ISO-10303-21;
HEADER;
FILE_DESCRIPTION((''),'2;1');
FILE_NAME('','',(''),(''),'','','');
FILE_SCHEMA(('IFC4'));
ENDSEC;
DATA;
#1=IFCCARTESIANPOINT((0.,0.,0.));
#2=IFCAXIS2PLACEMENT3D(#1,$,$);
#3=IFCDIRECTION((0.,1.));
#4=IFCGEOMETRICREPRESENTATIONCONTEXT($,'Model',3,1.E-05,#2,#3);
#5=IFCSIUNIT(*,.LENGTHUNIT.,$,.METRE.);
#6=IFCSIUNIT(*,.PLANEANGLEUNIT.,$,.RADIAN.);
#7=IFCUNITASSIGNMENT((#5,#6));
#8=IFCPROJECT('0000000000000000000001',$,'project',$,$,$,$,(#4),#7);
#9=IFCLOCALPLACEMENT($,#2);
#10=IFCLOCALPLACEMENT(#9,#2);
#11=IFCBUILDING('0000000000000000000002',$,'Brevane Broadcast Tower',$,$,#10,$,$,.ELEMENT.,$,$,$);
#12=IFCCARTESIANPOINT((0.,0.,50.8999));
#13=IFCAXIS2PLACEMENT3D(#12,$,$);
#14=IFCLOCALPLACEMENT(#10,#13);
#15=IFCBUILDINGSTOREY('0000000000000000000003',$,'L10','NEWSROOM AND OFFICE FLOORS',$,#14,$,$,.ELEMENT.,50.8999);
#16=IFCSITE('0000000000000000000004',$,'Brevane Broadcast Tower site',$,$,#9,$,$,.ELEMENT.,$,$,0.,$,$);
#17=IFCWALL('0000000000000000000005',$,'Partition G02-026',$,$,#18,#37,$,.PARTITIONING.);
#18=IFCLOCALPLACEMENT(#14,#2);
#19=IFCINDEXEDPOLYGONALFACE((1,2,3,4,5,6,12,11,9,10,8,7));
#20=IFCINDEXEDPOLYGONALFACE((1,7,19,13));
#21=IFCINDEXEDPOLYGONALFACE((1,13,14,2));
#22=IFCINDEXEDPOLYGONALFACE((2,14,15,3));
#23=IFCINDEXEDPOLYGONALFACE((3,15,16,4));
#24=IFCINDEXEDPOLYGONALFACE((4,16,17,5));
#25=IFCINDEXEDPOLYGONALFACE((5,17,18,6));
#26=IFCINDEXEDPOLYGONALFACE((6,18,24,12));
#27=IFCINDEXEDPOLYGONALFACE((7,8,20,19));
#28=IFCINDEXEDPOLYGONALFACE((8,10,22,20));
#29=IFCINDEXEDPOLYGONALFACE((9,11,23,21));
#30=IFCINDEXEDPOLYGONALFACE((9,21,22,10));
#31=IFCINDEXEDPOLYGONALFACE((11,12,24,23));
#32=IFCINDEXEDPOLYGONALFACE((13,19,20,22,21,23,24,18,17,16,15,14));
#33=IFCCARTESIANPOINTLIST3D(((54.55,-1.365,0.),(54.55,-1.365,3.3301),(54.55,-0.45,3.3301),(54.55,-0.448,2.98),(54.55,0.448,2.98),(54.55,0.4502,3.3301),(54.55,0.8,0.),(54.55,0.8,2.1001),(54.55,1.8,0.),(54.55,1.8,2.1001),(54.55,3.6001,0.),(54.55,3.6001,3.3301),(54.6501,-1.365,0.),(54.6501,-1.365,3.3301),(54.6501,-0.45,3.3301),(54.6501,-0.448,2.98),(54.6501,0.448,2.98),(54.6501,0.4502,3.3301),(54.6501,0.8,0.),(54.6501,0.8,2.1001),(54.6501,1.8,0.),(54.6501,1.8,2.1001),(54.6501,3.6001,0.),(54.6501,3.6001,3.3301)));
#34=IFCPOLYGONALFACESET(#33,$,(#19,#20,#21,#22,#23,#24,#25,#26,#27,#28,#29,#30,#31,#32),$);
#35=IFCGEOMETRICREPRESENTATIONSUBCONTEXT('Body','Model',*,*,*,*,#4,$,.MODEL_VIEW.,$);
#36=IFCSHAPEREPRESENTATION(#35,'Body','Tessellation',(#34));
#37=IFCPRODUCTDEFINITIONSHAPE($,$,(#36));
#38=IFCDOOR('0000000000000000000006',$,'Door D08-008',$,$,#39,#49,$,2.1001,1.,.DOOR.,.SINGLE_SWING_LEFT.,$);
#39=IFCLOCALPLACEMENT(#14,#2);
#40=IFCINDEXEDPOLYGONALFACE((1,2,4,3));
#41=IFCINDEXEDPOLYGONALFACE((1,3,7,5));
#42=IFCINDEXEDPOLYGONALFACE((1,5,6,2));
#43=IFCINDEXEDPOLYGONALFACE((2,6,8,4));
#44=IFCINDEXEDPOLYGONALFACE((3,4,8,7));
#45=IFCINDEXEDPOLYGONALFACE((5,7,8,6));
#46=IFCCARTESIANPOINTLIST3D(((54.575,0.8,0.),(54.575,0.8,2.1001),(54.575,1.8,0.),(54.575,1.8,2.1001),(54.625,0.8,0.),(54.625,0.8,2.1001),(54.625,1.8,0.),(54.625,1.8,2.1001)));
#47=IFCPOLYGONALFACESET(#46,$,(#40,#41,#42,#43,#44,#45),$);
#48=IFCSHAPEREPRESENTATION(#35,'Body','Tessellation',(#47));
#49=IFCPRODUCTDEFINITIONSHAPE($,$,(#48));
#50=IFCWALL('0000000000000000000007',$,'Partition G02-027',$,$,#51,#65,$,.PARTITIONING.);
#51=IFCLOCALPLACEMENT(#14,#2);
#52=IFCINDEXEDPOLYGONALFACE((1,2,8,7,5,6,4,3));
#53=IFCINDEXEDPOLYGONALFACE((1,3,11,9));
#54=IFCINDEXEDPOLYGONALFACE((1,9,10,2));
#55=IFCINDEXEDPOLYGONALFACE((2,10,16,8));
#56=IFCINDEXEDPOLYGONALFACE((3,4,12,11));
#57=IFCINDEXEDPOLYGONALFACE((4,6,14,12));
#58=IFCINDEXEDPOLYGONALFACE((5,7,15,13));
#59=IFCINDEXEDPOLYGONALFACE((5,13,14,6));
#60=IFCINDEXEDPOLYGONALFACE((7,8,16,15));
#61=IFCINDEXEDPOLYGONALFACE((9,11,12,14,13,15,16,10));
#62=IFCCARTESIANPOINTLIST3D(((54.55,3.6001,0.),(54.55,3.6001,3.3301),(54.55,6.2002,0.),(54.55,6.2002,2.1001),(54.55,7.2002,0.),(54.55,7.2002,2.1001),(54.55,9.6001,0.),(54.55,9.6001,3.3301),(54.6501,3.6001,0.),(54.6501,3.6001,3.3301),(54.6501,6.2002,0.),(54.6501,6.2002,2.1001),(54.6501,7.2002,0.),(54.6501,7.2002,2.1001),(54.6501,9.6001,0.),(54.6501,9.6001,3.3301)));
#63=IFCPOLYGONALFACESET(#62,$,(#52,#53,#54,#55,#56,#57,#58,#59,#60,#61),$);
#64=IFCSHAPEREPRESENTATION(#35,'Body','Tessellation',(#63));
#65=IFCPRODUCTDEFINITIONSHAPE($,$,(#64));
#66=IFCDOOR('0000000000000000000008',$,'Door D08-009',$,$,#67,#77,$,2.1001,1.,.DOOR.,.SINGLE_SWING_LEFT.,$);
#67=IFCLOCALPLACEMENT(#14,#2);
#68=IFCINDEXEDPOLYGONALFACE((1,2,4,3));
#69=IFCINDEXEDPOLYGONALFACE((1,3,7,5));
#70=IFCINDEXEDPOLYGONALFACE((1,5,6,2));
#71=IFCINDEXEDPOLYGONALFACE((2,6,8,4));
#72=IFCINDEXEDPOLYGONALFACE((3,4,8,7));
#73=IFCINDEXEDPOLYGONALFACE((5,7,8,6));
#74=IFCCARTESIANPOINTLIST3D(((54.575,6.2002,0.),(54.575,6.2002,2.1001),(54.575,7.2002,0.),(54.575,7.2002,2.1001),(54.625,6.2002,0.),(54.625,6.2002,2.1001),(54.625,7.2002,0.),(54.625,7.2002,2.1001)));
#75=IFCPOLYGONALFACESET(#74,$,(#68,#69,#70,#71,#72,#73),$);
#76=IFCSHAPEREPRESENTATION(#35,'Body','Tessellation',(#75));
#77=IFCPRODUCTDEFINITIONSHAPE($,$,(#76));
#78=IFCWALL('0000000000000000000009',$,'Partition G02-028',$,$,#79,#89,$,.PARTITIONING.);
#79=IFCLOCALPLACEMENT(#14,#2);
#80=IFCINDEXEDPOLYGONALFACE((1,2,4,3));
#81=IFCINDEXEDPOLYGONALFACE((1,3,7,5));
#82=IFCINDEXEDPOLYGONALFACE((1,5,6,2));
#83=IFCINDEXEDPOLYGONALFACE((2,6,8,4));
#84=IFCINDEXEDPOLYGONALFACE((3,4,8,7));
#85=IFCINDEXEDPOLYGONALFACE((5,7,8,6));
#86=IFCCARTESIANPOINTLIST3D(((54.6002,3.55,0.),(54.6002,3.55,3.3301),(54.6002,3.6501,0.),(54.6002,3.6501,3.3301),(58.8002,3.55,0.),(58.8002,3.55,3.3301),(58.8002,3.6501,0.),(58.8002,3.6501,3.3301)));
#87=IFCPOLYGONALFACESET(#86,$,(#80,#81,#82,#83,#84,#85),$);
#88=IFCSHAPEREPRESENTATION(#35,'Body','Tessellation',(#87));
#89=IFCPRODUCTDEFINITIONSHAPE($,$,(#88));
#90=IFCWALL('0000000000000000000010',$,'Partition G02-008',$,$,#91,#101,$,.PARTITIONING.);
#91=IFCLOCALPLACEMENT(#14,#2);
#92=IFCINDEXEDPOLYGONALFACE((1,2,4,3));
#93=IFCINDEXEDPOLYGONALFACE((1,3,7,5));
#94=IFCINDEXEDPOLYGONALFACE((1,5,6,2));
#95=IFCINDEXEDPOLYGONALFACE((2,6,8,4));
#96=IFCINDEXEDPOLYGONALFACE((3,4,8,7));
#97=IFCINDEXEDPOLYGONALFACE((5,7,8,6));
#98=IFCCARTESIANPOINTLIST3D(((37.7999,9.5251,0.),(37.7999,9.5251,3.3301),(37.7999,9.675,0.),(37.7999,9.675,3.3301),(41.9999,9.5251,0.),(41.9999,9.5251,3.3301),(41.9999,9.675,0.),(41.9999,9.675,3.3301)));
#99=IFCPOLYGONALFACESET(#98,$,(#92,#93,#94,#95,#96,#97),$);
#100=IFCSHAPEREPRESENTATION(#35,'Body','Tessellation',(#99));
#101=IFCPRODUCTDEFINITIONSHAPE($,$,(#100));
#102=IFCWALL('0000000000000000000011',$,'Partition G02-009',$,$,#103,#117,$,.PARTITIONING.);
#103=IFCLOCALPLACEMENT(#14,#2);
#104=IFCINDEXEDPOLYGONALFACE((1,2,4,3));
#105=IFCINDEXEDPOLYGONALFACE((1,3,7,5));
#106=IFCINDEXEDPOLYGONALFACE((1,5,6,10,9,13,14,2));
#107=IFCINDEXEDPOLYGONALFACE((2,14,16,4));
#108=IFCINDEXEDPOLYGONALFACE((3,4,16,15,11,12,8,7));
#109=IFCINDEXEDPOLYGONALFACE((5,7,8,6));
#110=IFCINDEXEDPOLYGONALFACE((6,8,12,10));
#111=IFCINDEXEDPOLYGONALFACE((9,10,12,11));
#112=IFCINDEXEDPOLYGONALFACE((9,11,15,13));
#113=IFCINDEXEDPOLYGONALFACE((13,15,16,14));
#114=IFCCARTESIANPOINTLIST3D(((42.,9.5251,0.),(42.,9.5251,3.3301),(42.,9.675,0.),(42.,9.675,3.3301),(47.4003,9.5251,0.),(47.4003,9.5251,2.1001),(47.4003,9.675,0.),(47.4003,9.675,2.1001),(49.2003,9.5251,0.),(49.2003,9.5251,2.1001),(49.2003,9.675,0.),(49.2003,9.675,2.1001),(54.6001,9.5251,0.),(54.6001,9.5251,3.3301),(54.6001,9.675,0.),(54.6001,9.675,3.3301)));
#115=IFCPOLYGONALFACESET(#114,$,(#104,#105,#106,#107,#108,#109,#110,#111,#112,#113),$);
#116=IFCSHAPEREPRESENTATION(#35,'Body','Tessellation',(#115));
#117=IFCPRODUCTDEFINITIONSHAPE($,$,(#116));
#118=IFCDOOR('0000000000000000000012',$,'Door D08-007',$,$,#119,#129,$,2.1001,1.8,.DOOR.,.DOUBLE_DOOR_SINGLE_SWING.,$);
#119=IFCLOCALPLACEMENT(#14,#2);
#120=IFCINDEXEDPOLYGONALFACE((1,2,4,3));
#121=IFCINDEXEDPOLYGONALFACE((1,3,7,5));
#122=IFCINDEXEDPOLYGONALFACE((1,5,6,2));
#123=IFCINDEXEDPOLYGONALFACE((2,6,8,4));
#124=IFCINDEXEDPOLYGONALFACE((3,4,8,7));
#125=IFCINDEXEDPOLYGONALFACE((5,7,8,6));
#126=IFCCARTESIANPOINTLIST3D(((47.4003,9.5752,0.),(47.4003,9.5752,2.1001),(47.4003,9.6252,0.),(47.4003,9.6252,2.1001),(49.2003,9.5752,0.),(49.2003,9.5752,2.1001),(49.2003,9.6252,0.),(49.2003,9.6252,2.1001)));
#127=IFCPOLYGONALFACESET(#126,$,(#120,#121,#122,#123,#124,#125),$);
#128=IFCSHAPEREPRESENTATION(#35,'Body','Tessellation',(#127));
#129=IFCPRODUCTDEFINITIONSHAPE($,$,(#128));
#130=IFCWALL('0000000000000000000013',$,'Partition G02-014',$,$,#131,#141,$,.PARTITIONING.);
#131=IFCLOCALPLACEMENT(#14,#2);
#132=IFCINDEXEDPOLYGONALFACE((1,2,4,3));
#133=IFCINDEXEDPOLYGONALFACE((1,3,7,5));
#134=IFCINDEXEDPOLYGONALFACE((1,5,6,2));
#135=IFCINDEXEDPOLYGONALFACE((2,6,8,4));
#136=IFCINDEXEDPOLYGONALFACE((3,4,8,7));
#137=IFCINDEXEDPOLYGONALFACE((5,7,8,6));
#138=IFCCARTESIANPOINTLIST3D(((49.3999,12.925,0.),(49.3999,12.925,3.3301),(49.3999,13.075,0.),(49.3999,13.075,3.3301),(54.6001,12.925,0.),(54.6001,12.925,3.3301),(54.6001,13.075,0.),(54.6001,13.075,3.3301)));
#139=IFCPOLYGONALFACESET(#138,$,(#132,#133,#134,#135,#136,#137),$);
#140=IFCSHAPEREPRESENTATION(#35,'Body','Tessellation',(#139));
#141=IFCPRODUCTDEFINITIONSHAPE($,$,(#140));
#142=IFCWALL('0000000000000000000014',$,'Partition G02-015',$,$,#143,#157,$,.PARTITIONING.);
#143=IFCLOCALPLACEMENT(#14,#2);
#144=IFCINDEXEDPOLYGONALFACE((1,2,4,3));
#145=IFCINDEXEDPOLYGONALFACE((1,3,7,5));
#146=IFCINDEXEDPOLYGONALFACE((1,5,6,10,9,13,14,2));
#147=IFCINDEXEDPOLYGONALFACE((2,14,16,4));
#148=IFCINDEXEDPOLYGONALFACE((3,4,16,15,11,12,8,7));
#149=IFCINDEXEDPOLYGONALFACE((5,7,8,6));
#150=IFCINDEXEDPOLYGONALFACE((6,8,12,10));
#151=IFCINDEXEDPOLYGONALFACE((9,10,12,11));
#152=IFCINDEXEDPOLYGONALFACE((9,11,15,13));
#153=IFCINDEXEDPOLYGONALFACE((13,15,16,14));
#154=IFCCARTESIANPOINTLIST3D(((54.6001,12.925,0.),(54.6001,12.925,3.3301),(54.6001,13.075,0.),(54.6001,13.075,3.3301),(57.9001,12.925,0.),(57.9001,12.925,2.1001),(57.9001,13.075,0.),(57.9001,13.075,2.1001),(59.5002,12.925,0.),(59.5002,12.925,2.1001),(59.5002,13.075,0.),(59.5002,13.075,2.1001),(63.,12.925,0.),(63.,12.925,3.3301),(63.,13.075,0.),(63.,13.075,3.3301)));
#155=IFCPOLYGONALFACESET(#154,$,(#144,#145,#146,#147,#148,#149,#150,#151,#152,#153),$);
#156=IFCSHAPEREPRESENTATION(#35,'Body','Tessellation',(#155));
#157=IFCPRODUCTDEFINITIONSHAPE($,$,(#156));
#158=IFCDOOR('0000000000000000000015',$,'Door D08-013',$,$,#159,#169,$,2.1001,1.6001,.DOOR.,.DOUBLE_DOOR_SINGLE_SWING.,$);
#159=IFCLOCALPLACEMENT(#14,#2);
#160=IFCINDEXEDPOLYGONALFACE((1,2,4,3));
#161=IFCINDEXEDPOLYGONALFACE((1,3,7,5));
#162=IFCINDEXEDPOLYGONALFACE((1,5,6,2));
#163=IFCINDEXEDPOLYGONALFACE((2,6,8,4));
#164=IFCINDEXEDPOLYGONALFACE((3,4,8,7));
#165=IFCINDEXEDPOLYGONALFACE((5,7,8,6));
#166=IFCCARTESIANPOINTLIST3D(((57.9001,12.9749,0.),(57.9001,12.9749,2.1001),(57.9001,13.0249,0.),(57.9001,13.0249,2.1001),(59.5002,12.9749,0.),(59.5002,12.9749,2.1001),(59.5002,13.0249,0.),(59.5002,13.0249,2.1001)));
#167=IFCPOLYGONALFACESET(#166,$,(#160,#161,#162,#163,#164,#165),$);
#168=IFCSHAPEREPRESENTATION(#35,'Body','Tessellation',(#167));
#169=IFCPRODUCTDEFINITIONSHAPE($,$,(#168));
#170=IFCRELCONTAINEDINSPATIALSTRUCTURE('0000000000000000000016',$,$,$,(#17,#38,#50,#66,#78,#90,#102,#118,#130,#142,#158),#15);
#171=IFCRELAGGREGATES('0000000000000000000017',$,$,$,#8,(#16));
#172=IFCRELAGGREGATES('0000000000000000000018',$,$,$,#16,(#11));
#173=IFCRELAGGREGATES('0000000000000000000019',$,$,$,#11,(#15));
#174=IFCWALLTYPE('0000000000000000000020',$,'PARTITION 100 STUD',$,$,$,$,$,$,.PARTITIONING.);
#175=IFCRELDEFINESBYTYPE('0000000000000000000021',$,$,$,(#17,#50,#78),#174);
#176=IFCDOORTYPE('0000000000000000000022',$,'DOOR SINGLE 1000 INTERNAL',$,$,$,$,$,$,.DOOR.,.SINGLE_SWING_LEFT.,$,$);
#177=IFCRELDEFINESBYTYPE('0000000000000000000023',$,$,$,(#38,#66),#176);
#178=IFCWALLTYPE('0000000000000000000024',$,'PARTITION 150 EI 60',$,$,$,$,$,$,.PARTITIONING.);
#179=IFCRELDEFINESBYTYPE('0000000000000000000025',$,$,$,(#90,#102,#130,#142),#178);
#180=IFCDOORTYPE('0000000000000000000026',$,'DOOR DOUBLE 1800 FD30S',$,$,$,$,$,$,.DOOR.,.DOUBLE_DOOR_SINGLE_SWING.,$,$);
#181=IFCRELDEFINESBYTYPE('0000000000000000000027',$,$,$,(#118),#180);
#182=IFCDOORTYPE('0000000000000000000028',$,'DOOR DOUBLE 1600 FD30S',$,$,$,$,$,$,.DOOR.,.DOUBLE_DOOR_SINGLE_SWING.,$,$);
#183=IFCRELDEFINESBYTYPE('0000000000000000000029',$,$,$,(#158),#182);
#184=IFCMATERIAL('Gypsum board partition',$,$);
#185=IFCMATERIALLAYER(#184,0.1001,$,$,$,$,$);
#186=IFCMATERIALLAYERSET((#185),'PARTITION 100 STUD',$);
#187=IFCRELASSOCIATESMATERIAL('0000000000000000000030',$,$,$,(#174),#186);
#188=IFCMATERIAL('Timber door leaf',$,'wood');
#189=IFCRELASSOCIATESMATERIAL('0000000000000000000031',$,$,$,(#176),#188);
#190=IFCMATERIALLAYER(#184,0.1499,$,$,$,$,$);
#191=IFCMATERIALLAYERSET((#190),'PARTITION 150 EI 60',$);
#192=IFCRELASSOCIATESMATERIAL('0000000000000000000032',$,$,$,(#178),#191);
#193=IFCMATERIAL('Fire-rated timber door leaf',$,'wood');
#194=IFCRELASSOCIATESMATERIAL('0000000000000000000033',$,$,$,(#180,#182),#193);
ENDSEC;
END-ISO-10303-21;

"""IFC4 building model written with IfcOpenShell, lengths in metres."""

from ifc_helpers import new_model, si_unit, direction, frame, frame_2d, origin, place, context, subcontext, project, spatial, polyline, rectangle, outline, extrude, material, layer, layer_set, type_object, element, fill, save


model = new_model("IFC4")

# Units and contexts
model_context = context("Model", 3, precision=1e-05, world=origin(), true_north=direction((0.0, 1.0)))
body_context = subcontext(model_context, "Body", "Model", "MODEL_VIEW")
ifc_project = project(units=[si_unit("LENGTHUNIT", "METRE"), si_unit("PLANEANGLEUNIT", "RADIAN")], contexts=[model_context])

# Site, building, storey
site_placement = place(None, origin())
site = spatial("IfcSite", under=ifc_project, at=site_placement, Name="Brevane Broadcast Tower site", CompositionType="ELEMENT", RefElevation=0.0)
building_placement = place(site_placement, origin())
building = spatial("IfcBuilding", under=site, at=building_placement, Name="Brevane Broadcast Tower", CompositionType="ELEMENT")
storey_placement = place(building_placement, frame((0.0, 0.0, 50.8999)))
storey = spatial("IfcBuildingStorey", under=building, at=storey_placement, Name="L10", Description="NEWSROOM AND OFFICE FLOORS", CompositionType="ELEMENT", Elevation=50.8999)

# Walls, openings, doors
ifc_material_1 = material(Name="Gypsum board partition")
ifc_layer_1 = layer(ifc_material_1, 0.1001)
ifc_layer_set_1 = layer_set([ifc_layer_1], Name="PARTITION 100 STUD")
wall_type_1 = type_object("IfcWallType", Name="PARTITION 100 STUD", PredefinedType="PARTITIONING", material=ifc_layer_set_1)
wall_1_placement = place(storey_placement, frame((54.6001, 3.6001, 0.0), z_axis=(0.0, 0.0, 1.0), x_axis=(0.0, -1.0, 0.0)))
wall_1 = element("IfcWall", 1, at=wall_1_placement, inside=storey, type_object=wall_type_1, Name="Partition G02-026", PredefinedType="PARTITIONING", context=body_context, shape_type="SweptSolid", body=[
    extrude(outline(polyline([(0.0, 0.0), (4.9651, 0.0), (4.9651, 3.3301), (4.7, 3.3301), (4.05, 3.3301), (4.0481, 2.98), (3.1521, 2.98), (3.1499, 3.3301), (0.0, 3.3301), (0.0, 0.0)])), frame((0.0, 0.05, 0.0), z_axis=(0.0, -1.0, 0.0), x_axis=(1.0, 0.0, 0.0)), (0.0, 0.0, 1.0), 0.1001),
])
opening_1_placement = place(wall_1_placement, frame((1.8, 0.0, 0.0)))
opening_1 = element("IfcOpeningElement", 2, at=opening_1_placement, cuts=wall_1, PredefinedType="OPENING", context=body_context, shape_type="SweptSolid", body=[
    extrude(rectangle(XDim=1.0, YDim=2.1001, at=frame_2d((0.5, 1.05))), frame((0.0, 0.0601, 0.0), z_axis=(0.0, -1.0, 0.0), x_axis=(1.0, 0.0, 0.0)), (0.0, 0.0, 1.0), 0.1201),
])
ifc_material_2 = material(Name="Timber door leaf", Category="wood")
door_type_1 = type_object("IfcDoorType", Name="DOOR SINGLE 1000 INTERNAL", OperationType="SINGLE_SWING_LEFT", PredefinedType="DOOR", material=ifc_material_2)
door_1_placement = place(opening_1_placement, origin())
door_1 = element("IfcDoor", 3, at=door_1_placement, inside=storey, type_object=door_type_1, Name="Door D08-008", OperationType="SINGLE_SWING_LEFT", OverallHeight=2.1001, OverallWidth=1.0, PredefinedType="DOOR", context=body_context, shape_type="SweptSolid", body=[
    extrude(rectangle(XDim=1.0, YDim=2.1001, at=frame_2d((0.5, 1.05))), frame((0.0, 0.0249, 0.0), z_axis=(0.0, -1.0, 0.0), x_axis=(1.0, 0.0, 0.0)), (0.0, 0.0, 1.0), 0.05),
])
fill(opening_1, door_1)
wall_2_placement = place(storey_placement, frame((54.6001, 9.6001, 0.0), z_axis=(0.0, 0.0, 1.0), x_axis=(0.0, -1.0, 0.0)))
wall_2 = element("IfcWall", 4, at=wall_2_placement, inside=storey, type_object=wall_type_1, Name="Partition G02-027", PredefinedType="PARTITIONING", context=body_context, shape_type="SweptSolid", body=[
    extrude(rectangle(XDim=6.0, YDim=0.1001, at=frame_2d((3.0, 0.0))), origin(), (0.0, 0.0, 1.0), 3.3301),
])
opening_2_placement = place(wall_2_placement, frame((2.3999, 0.0, 0.0)))
opening_2 = element("IfcOpeningElement", 5, at=opening_2_placement, cuts=wall_2, PredefinedType="OPENING", context=body_context, shape_type="SweptSolid", body=[
    extrude(rectangle(XDim=1.0, YDim=2.1001, at=frame_2d((0.5, 1.05))), frame((0.0, 0.0601, 0.0), z_axis=(0.0, -1.0, 0.0), x_axis=(1.0, 0.0, 0.0)), (0.0, 0.0, 1.0), 0.1201),
])
door_2_placement = place(opening_2_placement, origin())
door_2 = element("IfcDoor", 6, at=door_2_placement, inside=storey, type_object=door_type_1, Name="Door D08-009", OperationType="SINGLE_SWING_LEFT", OverallHeight=2.1001, OverallWidth=1.0, PredefinedType="DOOR", context=body_context, shape_type="SweptSolid", body=[
    extrude(rectangle(XDim=1.0, YDim=2.1001, at=frame_2d((0.5, 1.05))), frame((0.0, 0.0249, 0.0), z_axis=(0.0, -1.0, 0.0), x_axis=(1.0, 0.0, 0.0)), (0.0, 0.0, 1.0), 0.05),
])
fill(opening_2, door_2)

# Walls
wall_3_placement = place(storey_placement, frame((54.6001, 3.6001, 0.0), z_axis=(0.0, 0.0, 1.0), x_axis=(1.0, 0.0, 0.0)))
element("IfcWall", 7, at=wall_3_placement, inside=storey, type_object=wall_type_1, Name="Partition G02-028", PredefinedType="PARTITIONING", context=body_context, shape_type="SweptSolid", body=[
    extrude(rectangle(XDim=4.2, YDim=0.1001, at=frame_2d((2.1001, 0.0))), origin(), (0.0, 0.0, 1.0), 3.3301),
])
ifc_layer_2 = layer(ifc_material_1, 0.1499)
ifc_layer_set_2 = layer_set([ifc_layer_2], Name="PARTITION 150 EI 60")
wall_type_2 = type_object("IfcWallType", Name="PARTITION 150 EI 60", PredefinedType="PARTITIONING", material=ifc_layer_set_2)
wall_4_placement = place(storey_placement, frame((42.0, 9.6001, 0.0), z_axis=(0.0, 0.0, 1.0), x_axis=(-1.0, 0.0, 0.0)))
element("IfcWall", 8, at=wall_4_placement, inside=storey, type_object=wall_type_2, Name="Partition G02-008", PredefinedType="PARTITIONING", context=body_context, shape_type="SweptSolid", body=[
    extrude(rectangle(XDim=4.2, YDim=0.1499, at=frame_2d((2.1001, 0.0))), origin(), (0.0, 0.0, 1.0), 3.3301),
])

# Wall, opening, door
wall_5_placement = place(storey_placement, frame((54.6001, 9.6001, 0.0), z_axis=(0.0, 0.0, 1.0), x_axis=(-1.0, 0.0, 0.0)))
wall_5 = element("IfcWall", 9, at=wall_5_placement, inside=storey, type_object=wall_type_2, Name="Partition G02-009", PredefinedType="PARTITIONING", context=body_context, shape_type="SweptSolid", body=[
    extrude(rectangle(XDim=12.6001, YDim=0.1499, at=frame_2d((6.3, 0.0))), origin(), (0.0, 0.0, 1.0), 3.3301),
])
opening_3_placement = place(wall_5_placement, frame((5.3999, 0.0, 0.0)))
opening_3 = element("IfcOpeningElement", 10, at=opening_3_placement, cuts=wall_5, PredefinedType="OPENING", context=body_context, shape_type="SweptSolid", body=[
    extrude(rectangle(XDim=1.8, YDim=2.1001, at=frame_2d((0.8999, 1.05))), frame((0.0, 0.085, 0.0), z_axis=(0.0, -1.0, 0.0), x_axis=(1.0, 0.0, 0.0)), (0.0, 0.0, 1.0), 0.1699),
])
ifc_material_3 = material(Name="Fire-rated timber door leaf", Category="wood")
door_type_2 = type_object("IfcDoorType", Name="DOOR DOUBLE 1800 FD30S", OperationType="DOUBLE_DOOR_SINGLE_SWING", PredefinedType="DOOR", material=ifc_material_3)
door_3_placement = place(opening_3_placement, origin())
door_3 = element("IfcDoor", 11, at=door_3_placement, inside=storey, type_object=door_type_2, Name="Door D08-007", OperationType="DOUBLE_DOOR_SINGLE_SWING", OverallHeight=2.1001, OverallWidth=1.8, PredefinedType="DOOR", context=body_context, shape_type="SweptSolid", body=[
    extrude(rectangle(XDim=1.8, YDim=2.1001, at=frame_2d((0.8999, 1.05))), frame((0.0, 0.0249, 0.0), z_axis=(0.0, -1.0, 0.0), x_axis=(1.0, 0.0, 0.0)), (0.0, 0.0, 1.0), 0.05),
])
fill(opening_3, door_3)

# Wall
wall_6_placement = place(storey_placement, frame((49.3999, 13.0, 0.0), z_axis=(0.0, 0.0, 1.0), x_axis=(1.0, 0.0, 0.0)))
element("IfcWall", 12, at=wall_6_placement, inside=storey, type_object=wall_type_2, Name="Partition G02-014", PredefinedType="PARTITIONING", context=body_context, shape_type="SweptSolid", body=[
    extrude(rectangle(XDim=5.2002, YDim=0.1499, at=frame_2d((2.6001, 0.0))), origin(), (0.0, 0.0, 1.0), 3.3301),
])

# Wall, opening, door
wall_7_placement = place(storey_placement, frame((54.6001, 13.0, 0.0), z_axis=(0.0, 0.0, 1.0), x_axis=(1.0, 0.0, 0.0)))
wall_7 = element("IfcWall", 13, at=wall_7_placement, inside=storey, type_object=wall_type_2, Name="Partition G02-015", PredefinedType="PARTITIONING", context=body_context, shape_type="SweptSolid", body=[
    extrude(rectangle(XDim=8.3999, YDim=0.1499, at=frame_2d((4.2, 0.0))), origin(), (0.0, 0.0, 1.0), 3.3301),
])
opening_4_placement = place(wall_7_placement, frame((3.3, 0.0, 0.0)))
opening_4 = element("IfcOpeningElement", 14, at=opening_4_placement, cuts=wall_7, PredefinedType="OPENING", context=body_context, shape_type="SweptSolid", body=[
    extrude(rectangle(XDim=1.6001, YDim=2.1001, at=frame_2d((0.8, 1.05))), frame((0.0, 0.085, 0.0), z_axis=(0.0, -1.0, 0.0), x_axis=(1.0, 0.0, 0.0)), (0.0, 0.0, 1.0), 0.1699),
])
door_type_3 = type_object("IfcDoorType", Name="DOOR DOUBLE 1600 FD30S", OperationType="DOUBLE_DOOR_SINGLE_SWING", PredefinedType="DOOR", material=ifc_material_3)
door_4_placement = place(opening_4_placement, origin())
door_4 = element("IfcDoor", 15, at=door_4_placement, inside=storey, type_object=door_type_3, Name="Door D08-013", OperationType="DOUBLE_DOOR_SINGLE_SWING", OverallHeight=2.1001, OverallWidth=1.6001, PredefinedType="DOOR", context=body_context, shape_type="SweptSolid", body=[
    extrude(rectangle(XDim=1.6001, YDim=2.1001, at=frame_2d((0.8, 1.05))), frame((0.0, 0.0249, 0.0), z_axis=(0.0, -1.0, 0.0), x_axis=(1.0, 0.0, 0.0)), (0.0, 0.0, 1.0), 0.05),
])
fill(opening_4, door_4)

save(model, "model.ifc")
